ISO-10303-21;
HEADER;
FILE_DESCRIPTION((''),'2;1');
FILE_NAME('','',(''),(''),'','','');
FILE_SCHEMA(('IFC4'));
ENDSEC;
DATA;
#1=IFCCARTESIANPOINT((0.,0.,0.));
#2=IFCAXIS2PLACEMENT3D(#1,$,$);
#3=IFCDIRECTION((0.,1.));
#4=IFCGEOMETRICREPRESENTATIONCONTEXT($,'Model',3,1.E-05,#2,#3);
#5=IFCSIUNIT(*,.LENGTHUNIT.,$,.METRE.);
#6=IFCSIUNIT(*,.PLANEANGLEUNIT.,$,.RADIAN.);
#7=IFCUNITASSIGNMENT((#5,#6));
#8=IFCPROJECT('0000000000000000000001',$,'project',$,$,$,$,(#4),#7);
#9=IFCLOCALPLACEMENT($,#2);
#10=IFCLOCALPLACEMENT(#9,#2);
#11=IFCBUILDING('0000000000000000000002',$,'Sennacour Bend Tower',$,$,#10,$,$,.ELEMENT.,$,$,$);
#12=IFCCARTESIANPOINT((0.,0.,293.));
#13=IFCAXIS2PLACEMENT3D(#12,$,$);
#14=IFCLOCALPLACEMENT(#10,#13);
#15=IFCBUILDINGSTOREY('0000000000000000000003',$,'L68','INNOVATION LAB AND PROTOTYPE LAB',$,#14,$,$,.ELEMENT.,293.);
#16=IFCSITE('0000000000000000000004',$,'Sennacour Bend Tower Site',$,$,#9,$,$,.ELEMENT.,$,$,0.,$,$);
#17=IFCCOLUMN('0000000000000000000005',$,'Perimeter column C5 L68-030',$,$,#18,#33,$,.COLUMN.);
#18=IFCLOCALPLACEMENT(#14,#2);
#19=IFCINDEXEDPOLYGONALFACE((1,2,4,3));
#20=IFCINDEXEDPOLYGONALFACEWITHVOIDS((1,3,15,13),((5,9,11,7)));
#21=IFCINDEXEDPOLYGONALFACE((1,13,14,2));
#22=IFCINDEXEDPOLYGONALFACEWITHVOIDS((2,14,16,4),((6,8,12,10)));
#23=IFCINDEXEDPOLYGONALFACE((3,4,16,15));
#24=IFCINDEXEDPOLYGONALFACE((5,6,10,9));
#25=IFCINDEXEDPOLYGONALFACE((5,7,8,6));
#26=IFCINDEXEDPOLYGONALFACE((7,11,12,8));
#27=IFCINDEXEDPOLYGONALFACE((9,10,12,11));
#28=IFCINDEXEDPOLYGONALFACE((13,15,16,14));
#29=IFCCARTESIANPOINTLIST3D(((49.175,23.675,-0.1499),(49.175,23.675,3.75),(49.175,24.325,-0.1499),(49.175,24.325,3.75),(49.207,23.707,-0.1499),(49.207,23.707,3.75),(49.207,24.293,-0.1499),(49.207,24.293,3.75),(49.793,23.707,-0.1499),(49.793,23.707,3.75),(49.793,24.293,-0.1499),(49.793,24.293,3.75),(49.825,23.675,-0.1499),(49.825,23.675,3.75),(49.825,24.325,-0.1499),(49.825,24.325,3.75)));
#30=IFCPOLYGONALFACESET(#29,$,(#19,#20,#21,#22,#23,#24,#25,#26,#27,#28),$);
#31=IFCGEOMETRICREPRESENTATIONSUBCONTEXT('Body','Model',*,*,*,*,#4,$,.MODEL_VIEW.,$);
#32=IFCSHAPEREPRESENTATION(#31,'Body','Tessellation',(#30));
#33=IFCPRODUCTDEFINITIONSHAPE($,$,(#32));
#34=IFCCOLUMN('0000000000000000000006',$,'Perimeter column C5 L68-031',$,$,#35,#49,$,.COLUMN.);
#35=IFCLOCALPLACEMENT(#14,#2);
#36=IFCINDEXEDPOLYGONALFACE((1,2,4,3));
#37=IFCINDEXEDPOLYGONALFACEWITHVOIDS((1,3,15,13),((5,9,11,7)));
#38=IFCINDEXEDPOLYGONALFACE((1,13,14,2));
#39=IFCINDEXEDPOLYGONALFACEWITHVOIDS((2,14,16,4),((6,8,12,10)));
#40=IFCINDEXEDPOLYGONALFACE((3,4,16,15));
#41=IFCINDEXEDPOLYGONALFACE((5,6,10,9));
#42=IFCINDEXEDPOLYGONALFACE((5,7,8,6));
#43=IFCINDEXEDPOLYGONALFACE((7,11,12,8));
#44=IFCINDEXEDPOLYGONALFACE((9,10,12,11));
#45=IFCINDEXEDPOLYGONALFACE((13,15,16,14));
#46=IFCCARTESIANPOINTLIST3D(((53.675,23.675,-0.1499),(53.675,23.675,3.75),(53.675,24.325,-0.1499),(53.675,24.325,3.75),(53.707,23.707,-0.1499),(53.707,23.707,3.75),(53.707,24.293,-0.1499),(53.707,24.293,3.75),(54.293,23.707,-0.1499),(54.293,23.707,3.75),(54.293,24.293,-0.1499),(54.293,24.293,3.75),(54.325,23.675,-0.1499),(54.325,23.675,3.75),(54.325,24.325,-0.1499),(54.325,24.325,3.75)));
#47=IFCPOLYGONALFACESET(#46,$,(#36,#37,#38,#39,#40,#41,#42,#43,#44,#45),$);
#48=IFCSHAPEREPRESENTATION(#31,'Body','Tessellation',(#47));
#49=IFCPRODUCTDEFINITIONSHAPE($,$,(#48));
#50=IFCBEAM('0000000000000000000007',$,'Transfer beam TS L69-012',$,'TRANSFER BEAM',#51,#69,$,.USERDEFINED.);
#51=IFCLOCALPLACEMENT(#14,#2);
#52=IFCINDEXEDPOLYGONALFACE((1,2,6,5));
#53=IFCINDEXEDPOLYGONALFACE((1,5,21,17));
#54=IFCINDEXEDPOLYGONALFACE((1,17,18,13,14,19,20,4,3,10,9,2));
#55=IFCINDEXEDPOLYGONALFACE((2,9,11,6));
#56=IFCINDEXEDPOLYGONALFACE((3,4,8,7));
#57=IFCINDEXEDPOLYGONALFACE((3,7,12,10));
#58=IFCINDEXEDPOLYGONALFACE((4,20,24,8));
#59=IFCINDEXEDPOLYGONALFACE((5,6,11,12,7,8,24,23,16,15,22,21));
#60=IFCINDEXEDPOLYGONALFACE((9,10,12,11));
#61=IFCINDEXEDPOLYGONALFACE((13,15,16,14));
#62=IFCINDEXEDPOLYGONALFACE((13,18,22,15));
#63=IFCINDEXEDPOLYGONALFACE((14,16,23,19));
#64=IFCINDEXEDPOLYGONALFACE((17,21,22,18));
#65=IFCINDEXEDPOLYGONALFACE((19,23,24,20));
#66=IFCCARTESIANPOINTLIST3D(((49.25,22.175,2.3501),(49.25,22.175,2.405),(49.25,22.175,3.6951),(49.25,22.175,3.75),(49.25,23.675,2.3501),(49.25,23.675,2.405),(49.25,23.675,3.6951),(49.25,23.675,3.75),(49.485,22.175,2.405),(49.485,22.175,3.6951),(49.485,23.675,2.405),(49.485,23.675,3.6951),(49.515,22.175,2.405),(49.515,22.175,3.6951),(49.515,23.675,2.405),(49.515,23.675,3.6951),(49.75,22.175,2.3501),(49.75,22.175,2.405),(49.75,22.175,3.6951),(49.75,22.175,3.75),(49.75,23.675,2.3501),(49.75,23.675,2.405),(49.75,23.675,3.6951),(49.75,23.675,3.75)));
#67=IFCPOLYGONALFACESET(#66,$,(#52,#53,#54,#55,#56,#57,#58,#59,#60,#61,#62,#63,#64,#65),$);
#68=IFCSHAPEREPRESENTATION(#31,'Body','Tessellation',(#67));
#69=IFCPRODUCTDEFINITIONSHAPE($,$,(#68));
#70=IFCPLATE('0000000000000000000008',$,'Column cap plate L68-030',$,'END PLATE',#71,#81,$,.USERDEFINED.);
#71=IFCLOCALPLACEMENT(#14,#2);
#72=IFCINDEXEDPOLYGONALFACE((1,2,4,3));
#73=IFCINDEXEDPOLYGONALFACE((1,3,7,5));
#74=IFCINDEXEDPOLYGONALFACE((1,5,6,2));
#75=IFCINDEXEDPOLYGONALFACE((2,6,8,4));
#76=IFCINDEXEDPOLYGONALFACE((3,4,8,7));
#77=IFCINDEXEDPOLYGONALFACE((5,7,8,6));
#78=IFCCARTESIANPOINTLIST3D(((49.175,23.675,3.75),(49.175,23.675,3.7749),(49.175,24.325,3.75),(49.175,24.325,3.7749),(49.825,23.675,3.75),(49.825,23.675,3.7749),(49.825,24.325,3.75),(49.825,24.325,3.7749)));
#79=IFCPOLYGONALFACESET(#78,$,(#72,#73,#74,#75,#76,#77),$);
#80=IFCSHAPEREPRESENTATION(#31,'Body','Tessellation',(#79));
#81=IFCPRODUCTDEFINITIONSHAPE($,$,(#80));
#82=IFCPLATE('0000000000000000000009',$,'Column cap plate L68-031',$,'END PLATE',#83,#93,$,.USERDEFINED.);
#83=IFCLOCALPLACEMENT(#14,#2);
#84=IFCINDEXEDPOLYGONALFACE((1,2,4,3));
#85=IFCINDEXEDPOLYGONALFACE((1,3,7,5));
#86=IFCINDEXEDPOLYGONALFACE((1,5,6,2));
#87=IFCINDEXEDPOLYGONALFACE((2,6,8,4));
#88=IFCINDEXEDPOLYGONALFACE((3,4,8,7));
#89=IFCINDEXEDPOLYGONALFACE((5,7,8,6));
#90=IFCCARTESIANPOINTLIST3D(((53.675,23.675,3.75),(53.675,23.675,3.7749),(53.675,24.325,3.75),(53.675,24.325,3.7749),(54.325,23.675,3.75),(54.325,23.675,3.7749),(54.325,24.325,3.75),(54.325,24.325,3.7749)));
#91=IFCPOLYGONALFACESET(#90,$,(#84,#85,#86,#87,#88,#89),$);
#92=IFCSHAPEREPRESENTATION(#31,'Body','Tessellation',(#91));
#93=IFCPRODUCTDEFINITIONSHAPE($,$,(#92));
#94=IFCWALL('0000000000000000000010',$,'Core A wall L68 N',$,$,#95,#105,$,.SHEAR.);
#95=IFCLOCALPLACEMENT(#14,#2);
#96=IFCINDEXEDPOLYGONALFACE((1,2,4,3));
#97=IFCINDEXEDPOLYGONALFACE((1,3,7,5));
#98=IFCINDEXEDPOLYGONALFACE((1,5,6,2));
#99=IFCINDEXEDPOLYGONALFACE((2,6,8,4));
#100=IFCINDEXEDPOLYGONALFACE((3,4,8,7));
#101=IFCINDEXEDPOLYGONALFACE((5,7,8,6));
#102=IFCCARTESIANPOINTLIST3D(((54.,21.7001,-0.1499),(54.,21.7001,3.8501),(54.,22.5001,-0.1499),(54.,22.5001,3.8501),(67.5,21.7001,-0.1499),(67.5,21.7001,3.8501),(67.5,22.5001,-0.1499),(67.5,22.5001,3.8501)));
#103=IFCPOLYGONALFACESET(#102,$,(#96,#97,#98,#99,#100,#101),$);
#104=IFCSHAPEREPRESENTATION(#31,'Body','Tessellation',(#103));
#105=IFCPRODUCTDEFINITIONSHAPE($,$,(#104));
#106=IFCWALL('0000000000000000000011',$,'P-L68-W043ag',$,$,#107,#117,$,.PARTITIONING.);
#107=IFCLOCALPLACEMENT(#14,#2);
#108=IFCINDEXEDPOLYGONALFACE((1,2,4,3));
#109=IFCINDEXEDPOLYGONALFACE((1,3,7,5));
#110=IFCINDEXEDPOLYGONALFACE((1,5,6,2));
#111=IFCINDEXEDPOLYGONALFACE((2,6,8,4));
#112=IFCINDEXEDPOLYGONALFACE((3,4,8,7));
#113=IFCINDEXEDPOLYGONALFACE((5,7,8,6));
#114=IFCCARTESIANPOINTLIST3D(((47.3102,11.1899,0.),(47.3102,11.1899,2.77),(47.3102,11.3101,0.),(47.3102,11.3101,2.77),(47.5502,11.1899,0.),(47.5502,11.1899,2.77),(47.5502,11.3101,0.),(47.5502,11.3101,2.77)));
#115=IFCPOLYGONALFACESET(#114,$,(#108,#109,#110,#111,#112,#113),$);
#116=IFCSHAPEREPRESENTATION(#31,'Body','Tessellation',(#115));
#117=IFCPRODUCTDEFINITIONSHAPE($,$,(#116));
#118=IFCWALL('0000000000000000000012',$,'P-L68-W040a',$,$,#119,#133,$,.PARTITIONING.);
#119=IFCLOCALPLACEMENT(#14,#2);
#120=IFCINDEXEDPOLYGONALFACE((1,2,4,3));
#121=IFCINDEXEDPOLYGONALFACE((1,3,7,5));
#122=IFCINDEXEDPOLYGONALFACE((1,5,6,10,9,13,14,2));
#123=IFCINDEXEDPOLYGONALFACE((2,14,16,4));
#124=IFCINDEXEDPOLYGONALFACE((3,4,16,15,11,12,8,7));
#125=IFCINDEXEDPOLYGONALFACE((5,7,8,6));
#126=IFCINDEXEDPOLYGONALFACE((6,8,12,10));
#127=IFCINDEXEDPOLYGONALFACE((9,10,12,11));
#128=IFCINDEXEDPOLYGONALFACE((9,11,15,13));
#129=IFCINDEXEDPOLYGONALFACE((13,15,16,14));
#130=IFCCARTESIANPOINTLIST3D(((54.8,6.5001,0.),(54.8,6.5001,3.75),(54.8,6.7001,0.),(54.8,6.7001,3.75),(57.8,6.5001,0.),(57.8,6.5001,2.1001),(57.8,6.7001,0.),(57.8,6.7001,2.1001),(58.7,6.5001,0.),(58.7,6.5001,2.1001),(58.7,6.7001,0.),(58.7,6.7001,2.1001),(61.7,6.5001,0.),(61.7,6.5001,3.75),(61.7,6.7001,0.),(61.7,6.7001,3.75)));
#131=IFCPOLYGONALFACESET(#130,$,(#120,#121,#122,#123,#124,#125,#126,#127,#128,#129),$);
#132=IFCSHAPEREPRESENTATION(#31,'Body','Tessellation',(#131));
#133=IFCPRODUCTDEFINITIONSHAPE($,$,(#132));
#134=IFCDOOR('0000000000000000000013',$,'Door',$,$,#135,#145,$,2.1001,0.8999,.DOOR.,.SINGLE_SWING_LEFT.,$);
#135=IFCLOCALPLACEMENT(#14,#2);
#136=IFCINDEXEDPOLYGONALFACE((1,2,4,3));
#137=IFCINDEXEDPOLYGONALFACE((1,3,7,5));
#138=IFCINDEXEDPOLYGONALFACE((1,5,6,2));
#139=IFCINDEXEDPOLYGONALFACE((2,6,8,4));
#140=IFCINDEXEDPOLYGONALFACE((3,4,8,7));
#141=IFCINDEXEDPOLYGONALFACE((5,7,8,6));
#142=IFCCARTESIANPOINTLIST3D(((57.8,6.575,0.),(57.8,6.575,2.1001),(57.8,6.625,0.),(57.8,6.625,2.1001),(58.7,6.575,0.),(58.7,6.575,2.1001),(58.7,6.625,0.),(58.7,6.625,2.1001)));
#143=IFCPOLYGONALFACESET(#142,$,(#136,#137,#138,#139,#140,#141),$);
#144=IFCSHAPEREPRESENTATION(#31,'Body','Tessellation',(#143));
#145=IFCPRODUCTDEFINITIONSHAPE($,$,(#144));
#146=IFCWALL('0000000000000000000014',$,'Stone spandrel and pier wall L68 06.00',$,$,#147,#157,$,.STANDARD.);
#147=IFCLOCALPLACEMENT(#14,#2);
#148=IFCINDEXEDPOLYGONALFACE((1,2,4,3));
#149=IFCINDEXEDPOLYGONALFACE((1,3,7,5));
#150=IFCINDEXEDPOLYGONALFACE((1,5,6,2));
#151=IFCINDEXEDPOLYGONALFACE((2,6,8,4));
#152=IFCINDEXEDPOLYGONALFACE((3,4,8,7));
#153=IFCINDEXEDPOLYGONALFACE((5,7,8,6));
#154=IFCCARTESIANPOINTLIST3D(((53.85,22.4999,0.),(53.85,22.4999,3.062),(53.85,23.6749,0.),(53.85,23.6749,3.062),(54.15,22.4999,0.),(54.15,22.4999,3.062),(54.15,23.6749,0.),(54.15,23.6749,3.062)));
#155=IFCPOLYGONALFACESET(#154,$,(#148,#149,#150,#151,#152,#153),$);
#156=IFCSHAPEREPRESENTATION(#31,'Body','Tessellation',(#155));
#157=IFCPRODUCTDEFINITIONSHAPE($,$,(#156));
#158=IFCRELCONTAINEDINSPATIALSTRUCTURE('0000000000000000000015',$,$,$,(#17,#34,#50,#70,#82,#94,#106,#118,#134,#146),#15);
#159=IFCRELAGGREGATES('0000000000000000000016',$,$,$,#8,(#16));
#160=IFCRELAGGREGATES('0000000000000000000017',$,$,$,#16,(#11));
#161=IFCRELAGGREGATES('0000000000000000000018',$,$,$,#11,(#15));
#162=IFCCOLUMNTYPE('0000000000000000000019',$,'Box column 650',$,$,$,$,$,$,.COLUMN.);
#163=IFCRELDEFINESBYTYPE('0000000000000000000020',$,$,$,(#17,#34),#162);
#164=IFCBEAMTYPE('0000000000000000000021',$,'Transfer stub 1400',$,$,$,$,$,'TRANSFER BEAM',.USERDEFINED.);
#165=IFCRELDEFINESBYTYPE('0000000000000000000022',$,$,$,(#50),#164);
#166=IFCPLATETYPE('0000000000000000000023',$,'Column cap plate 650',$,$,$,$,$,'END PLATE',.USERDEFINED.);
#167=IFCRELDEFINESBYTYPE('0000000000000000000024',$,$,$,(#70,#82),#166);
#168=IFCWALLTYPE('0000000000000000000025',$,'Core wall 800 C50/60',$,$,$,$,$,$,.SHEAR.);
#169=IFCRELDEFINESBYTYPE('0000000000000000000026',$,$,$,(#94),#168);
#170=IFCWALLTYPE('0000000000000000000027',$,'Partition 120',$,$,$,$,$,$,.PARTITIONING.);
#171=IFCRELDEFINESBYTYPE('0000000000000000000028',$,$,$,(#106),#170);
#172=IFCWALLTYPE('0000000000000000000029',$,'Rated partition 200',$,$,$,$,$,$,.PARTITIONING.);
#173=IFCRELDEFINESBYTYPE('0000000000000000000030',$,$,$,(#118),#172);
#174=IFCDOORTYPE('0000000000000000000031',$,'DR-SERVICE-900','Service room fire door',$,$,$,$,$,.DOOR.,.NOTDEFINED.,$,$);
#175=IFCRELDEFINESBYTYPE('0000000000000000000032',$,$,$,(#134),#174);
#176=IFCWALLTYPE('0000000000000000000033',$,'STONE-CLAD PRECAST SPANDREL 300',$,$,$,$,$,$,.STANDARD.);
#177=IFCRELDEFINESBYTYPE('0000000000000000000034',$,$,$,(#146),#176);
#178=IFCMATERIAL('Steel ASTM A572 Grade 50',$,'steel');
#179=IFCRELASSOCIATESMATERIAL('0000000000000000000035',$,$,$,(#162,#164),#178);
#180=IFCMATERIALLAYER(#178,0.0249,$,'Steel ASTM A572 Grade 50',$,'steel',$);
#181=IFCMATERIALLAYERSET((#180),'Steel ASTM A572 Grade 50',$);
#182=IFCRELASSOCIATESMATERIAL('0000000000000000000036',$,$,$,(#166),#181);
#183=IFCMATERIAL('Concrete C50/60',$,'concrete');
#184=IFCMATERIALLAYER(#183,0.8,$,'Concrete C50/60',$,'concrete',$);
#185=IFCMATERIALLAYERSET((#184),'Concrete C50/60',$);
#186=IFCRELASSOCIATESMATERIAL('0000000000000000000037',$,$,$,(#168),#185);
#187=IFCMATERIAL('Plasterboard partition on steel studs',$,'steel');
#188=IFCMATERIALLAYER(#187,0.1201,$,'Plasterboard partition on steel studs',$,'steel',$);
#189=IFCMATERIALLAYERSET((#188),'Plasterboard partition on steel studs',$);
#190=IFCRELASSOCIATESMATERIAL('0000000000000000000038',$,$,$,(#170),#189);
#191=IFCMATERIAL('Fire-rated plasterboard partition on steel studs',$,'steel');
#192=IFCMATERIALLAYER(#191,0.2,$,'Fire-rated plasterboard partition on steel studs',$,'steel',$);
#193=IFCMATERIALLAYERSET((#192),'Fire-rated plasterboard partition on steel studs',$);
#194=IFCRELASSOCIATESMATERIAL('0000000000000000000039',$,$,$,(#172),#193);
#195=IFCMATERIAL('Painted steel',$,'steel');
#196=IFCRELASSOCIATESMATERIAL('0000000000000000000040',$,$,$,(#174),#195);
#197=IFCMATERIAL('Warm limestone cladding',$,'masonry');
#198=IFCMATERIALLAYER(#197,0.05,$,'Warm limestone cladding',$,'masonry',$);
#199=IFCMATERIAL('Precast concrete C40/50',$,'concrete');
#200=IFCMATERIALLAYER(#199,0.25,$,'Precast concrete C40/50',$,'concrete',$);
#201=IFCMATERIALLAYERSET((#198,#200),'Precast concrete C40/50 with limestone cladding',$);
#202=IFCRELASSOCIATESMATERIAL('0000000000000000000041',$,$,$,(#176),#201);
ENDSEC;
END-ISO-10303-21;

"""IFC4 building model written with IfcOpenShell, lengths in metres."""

from ifc_helpers import new_model, si_unit, direction, frame, frame_2d, origin, origin_2d, place, context, subcontext, project, spatial, rectangle, hollow_rectangle, i_section, extrude, material, layer, layer_set, material_profile, profile_set, type_object, element, fill, save


model = new_model("IFC4")

# Units and contexts
model_context = context("Model", 3, precision=1e-05, world=origin(), true_north=direction((0.0, 1.0)))
body_context = subcontext(model_context, "Body", "Model", "MODEL_VIEW")
ifc_project = project(units=[si_unit("LENGTHUNIT", "METRE"), si_unit("PLANEANGLEUNIT", "RADIAN")], contexts=[model_context])

# Site, building, storey
site_placement = place(None, origin())
site = spatial("IfcSite", under=ifc_project, at=site_placement, Name="Sennacour Bend Tower Site", CompositionType="ELEMENT", RefElevation=0.0)
building_placement = place(site_placement, origin())
building = spatial("IfcBuilding", under=site, at=building_placement, Name="Sennacour Bend Tower", CompositionType="ELEMENT")
storey_placement = place(building_placement, frame((0.0, 0.0, 293.0)))
storey = spatial("IfcBuildingStorey", under=building, at=storey_placement, Name="L68", Description="INNOVATION LAB AND PROTOTYPE LAB", CompositionType="ELEMENT", Elevation=293.0)

# Columns
ifc_material_1 = material(Name="Steel ASTM A572 Grade 50", Category="steel")
ifc_material_profile_1 = material_profile(ifc_material_1, hollow_rectangle(XDim=0.6499, YDim=0.6499, WallThickness=0.032, at=origin_2d()), Name="Steel ASTM A572 Grade 50", Category="steel")
ifc_profile_set_1 = profile_set([ifc_material_profile_1], Name="Steel ASTM A572 Grade 50")
column_type = type_object("IfcColumnType", Name="Box column 650", PredefinedType="COLUMN", material=ifc_profile_set_1)
for number, where, z_axis, x_axis, name in (
    (1, (49.5, 24.0, -0.1499), (0.0, 0.0, 1.0), (1.0, 0.0, 0.0), "Perimeter column C5 L68-030"),
    (2, (54.0, 24.0, -0.1499), (0.0, 0.0, 1.0), (1.0, 0.0, 0.0), "Perimeter column C5 L68-031"),
):
    element("IfcColumn", number, at=place(storey_placement, frame(where, z_axis=z_axis, x_axis=x_axis)), inside=storey, type_object=column_type, Name=name, PredefinedType="COLUMN", context=body_context, shape_type="SweptSolid", body=[
        extrude(hollow_rectangle(XDim=0.6499, YDim=0.6499, WallThickness=0.032, at=origin_2d()), origin(), (0.0, 0.0, 1.0), 3.8999),
    ])

# Beam
ifc_material_profile_2 = material_profile(ifc_material_1, i_section(OverallWidth=0.5, OverallDepth=1.3999, WebThickness=0.03, FlangeThickness=0.0549, at=origin_2d()), Name="Steel ASTM A572 Grade 50", Category="steel")
ifc_profile_set_2 = profile_set([ifc_material_profile_2], Name="Steel ASTM A572 Grade 50")
beam_type = type_object("IfcBeamType", Name="Transfer stub 1400", ElementType="TRANSFER BEAM", PredefinedType="USERDEFINED", material=ifc_profile_set_2)
beam_placement = place(storey_placement, frame((49.5, 23.675, 3.05), z_axis=(0.0, -1.0, 0.0), x_axis=(1.0, 0.0, 0.0)))
element("IfcBeam", 3, at=beam_placement, inside=storey, type_object=beam_type, Name="Transfer beam TS L69-012", ObjectType="TRANSFER BEAM", PredefinedType="USERDEFINED", context=body_context, shape_type="SweptSolid", body=[
    extrude(i_section(OverallWidth=0.5, OverallDepth=1.3999, WebThickness=0.03, FlangeThickness=0.0549, at=origin_2d()), origin(), (0.0, 0.0, 1.0), 1.5),
])

# Plates
ifc_layer_1 = layer(ifc_material_1, 0.0249, Name="Steel ASTM A572 Grade 50", Category="steel")
ifc_layer_set_1 = layer_set([ifc_layer_1], Name="Steel ASTM A572 Grade 50")
plate_type = type_object("IfcPlateType", Name="Column cap plate 650", ElementType="END PLATE", PredefinedType="USERDEFINED", material=ifc_layer_set_1)
for number, where, z_axis, x_axis, name in (
    (4, (49.5, 24.0, 3.75), (0.0, 0.0, 1.0), (1.0, 0.0, 0.0), "Column cap plate L68-030"),
    (5, (54.0, 24.0, 3.75), (0.0, 0.0, 1.0), (1.0, 0.0, 0.0), "Column cap plate L68-031"),
):
    element("IfcPlate", number, at=place(storey_placement, frame(where, z_axis=z_axis, x_axis=x_axis)), inside=storey, type_object=plate_type, Name=name, ObjectType="END PLATE", PredefinedType="USERDEFINED", context=body_context, shape_type="SweptSolid", body=[
        extrude(rectangle(XDim=0.6499, YDim=0.6499, at=origin_2d()), origin(), (0.0, 0.0, 1.0), 0.0249),
    ])

# Walls
ifc_material_2 = material(Name="Concrete C50/60", Category="concrete")
ifc_layer_2 = layer(ifc_material_2, 0.8, Name="Concrete C50/60", Category="concrete")
ifc_layer_set_2 = layer_set([ifc_layer_2], Name="Concrete C50/60")
wall_type_1 = type_object("IfcWallType", Name="Core wall 800 C50/60", PredefinedType="SHEAR", material=ifc_layer_set_2)
wall_1_placement = place(storey_placement, frame((54.0, 22.1001, -0.1499), z_axis=(0.0, 0.0, 1.0), x_axis=(1.0, 0.0, 0.0)))
element("IfcWall", 6, at=wall_1_placement, inside=storey, type_object=wall_type_1, Name="Core A wall L68 N", PredefinedType="SHEAR", context=body_context, shape_type="SweptSolid", body=[
    extrude(rectangle(XDim=13.5, YDim=0.8, at=frame_2d((6.75, 0.0))), origin(), (0.0, 0.0, 1.0), 4.0),
])
ifc_material_3 = material(Name="Plasterboard partition on steel studs", Category="steel")
ifc_layer_3 = layer(ifc_material_3, 0.1201, Name="Plasterboard partition on steel studs", Category="steel")
ifc_layer_set_3 = layer_set([ifc_layer_3], Name="Plasterboard partition on steel studs")
wall_type_2 = type_object("IfcWallType", Name="Partition 120", PredefinedType="PARTITIONING", material=ifc_layer_set_3)
wall_2_placement = place(storey_placement, frame((47.3101, 11.25, 0.0), z_axis=(0.0, 0.0, 1.0), x_axis=(1.0, 0.0, 0.0)))
element("IfcWall", 7, at=wall_2_placement, inside=storey, type_object=wall_type_2, Name="P-L68-W043ag", PredefinedType="PARTITIONING", context=body_context, shape_type="SweptSolid", body=[
    extrude(rectangle(XDim=0.24, YDim=0.1201, at=frame_2d((0.1201, 0.0))), origin(), (0.0, 0.0, 1.0), 2.77),
])

# Wall, opening, door
ifc_material_4 = material(Name="Fire-rated plasterboard partition on steel studs", Category="steel")
ifc_layer_4 = layer(ifc_material_4, 0.2, Name="Fire-rated plasterboard partition on steel studs", Category="steel")
ifc_layer_set_4 = layer_set([ifc_layer_4], Name="Fire-rated plasterboard partition on steel studs")
wall_type_3 = type_object("IfcWallType", Name="Rated partition 200", PredefinedType="PARTITIONING", material=ifc_layer_set_4)
wall_3_placement = place(storey_placement, frame((54.8, 6.6001, 0.0), z_axis=(0.0, 0.0, 1.0), x_axis=(1.0, 0.0, 0.0)))
wall_3 = element("IfcWall", 8, at=wall_3_placement, inside=storey, type_object=wall_type_3, Name="P-L68-W040a", PredefinedType="PARTITIONING", context=body_context, shape_type="SweptSolid", body=[
    extrude(rectangle(XDim=6.8999, YDim=0.2, at=frame_2d((3.45, 0.0))), origin(), (0.0, 0.0, 1.0), 3.75),
])
opening_1_placement = place(wall_3_placement, frame((3.0, 0.0, 0.0)))
opening_1 = element("IfcOpeningElement", 9, at=opening_1_placement, cuts=wall_3, PredefinedType="OPENING", context=body_context, shape_type="SweptSolid", body=[
    extrude(rectangle(XDim=0.8999, YDim=2.1001, at=frame_2d((0.45, 1.05))), frame((0.0, 0.1099, 0.0), z_axis=(0.0, -1.0, 0.0), x_axis=(1.0, 0.0, 0.0)), (0.0, 0.0, 1.0), 0.22),
])
ifc_material_5 = material(Name="Painted steel", Category="steel")
door_type_1 = type_object("IfcDoorType", Name="DR-SERVICE-900", Description="Service room fire door", OperationType="NOTDEFINED", PredefinedType="DOOR", material=ifc_material_5)
door_1_placement = place(opening_1_placement, origin())
door_1 = element("IfcDoor", 10, at=door_1_placement, inside=storey, type_object=door_type_1, Name="Door", OperationType="SINGLE_SWING_LEFT", OverallHeight=2.1001, OverallWidth=0.8999, PredefinedType="DOOR", context=body_context, shape_type="SweptSolid", body=[
    extrude(rectangle(XDim=0.8999, YDim=2.1001, at=frame_2d((0.45, 1.05))), frame((0.0, 0.0249, 0.0), z_axis=(0.0, -1.0, 0.0), x_axis=(1.0, 0.0, 0.0)), (0.0, 0.0, 1.0), 0.05),
])
fill(opening_1, door_1)

# Wall
ifc_material_6 = material(Name="Warm limestone cladding", Category="masonry")
ifc_layer_5 = layer(ifc_material_6, 0.05, Name="Warm limestone cladding", Category="masonry")
ifc_material_7 = material(Name="Precast concrete C40/50", Category="concrete")
ifc_layer_6 = layer(ifc_material_7, 0.25, Name="Precast concrete C40/50", Category="concrete")
ifc_layer_set_5 = layer_set([ifc_layer_5, ifc_layer_6], Name="Precast concrete C40/50 with limestone cladding")
wall_type_4 = type_object("IfcWallType", Name="STONE-CLAD PRECAST SPANDREL 300", PredefinedType="STANDARD", material=ifc_layer_set_5)
wall_4_placement = place(storey_placement, frame((54.0, 22.5, 0.0), z_axis=(0.0, 0.0, 1.0), x_axis=(0.0, 1.0, 0.0)))
element("IfcWall", 11, at=wall_4_placement, inside=storey, type_object=wall_type_4, Name="Stone spandrel and pier wall L68 06.00", PredefinedType="STANDARD", context=body_context, shape_type="SweptSolid", body=[
    extrude(rectangle(XDim=1.175, YDim=0.3, at=frame_2d((0.5874, 0.0))), origin(), (0.0, 0.0, 1.0), 3.062),
])

save(model, "model.ifc")
